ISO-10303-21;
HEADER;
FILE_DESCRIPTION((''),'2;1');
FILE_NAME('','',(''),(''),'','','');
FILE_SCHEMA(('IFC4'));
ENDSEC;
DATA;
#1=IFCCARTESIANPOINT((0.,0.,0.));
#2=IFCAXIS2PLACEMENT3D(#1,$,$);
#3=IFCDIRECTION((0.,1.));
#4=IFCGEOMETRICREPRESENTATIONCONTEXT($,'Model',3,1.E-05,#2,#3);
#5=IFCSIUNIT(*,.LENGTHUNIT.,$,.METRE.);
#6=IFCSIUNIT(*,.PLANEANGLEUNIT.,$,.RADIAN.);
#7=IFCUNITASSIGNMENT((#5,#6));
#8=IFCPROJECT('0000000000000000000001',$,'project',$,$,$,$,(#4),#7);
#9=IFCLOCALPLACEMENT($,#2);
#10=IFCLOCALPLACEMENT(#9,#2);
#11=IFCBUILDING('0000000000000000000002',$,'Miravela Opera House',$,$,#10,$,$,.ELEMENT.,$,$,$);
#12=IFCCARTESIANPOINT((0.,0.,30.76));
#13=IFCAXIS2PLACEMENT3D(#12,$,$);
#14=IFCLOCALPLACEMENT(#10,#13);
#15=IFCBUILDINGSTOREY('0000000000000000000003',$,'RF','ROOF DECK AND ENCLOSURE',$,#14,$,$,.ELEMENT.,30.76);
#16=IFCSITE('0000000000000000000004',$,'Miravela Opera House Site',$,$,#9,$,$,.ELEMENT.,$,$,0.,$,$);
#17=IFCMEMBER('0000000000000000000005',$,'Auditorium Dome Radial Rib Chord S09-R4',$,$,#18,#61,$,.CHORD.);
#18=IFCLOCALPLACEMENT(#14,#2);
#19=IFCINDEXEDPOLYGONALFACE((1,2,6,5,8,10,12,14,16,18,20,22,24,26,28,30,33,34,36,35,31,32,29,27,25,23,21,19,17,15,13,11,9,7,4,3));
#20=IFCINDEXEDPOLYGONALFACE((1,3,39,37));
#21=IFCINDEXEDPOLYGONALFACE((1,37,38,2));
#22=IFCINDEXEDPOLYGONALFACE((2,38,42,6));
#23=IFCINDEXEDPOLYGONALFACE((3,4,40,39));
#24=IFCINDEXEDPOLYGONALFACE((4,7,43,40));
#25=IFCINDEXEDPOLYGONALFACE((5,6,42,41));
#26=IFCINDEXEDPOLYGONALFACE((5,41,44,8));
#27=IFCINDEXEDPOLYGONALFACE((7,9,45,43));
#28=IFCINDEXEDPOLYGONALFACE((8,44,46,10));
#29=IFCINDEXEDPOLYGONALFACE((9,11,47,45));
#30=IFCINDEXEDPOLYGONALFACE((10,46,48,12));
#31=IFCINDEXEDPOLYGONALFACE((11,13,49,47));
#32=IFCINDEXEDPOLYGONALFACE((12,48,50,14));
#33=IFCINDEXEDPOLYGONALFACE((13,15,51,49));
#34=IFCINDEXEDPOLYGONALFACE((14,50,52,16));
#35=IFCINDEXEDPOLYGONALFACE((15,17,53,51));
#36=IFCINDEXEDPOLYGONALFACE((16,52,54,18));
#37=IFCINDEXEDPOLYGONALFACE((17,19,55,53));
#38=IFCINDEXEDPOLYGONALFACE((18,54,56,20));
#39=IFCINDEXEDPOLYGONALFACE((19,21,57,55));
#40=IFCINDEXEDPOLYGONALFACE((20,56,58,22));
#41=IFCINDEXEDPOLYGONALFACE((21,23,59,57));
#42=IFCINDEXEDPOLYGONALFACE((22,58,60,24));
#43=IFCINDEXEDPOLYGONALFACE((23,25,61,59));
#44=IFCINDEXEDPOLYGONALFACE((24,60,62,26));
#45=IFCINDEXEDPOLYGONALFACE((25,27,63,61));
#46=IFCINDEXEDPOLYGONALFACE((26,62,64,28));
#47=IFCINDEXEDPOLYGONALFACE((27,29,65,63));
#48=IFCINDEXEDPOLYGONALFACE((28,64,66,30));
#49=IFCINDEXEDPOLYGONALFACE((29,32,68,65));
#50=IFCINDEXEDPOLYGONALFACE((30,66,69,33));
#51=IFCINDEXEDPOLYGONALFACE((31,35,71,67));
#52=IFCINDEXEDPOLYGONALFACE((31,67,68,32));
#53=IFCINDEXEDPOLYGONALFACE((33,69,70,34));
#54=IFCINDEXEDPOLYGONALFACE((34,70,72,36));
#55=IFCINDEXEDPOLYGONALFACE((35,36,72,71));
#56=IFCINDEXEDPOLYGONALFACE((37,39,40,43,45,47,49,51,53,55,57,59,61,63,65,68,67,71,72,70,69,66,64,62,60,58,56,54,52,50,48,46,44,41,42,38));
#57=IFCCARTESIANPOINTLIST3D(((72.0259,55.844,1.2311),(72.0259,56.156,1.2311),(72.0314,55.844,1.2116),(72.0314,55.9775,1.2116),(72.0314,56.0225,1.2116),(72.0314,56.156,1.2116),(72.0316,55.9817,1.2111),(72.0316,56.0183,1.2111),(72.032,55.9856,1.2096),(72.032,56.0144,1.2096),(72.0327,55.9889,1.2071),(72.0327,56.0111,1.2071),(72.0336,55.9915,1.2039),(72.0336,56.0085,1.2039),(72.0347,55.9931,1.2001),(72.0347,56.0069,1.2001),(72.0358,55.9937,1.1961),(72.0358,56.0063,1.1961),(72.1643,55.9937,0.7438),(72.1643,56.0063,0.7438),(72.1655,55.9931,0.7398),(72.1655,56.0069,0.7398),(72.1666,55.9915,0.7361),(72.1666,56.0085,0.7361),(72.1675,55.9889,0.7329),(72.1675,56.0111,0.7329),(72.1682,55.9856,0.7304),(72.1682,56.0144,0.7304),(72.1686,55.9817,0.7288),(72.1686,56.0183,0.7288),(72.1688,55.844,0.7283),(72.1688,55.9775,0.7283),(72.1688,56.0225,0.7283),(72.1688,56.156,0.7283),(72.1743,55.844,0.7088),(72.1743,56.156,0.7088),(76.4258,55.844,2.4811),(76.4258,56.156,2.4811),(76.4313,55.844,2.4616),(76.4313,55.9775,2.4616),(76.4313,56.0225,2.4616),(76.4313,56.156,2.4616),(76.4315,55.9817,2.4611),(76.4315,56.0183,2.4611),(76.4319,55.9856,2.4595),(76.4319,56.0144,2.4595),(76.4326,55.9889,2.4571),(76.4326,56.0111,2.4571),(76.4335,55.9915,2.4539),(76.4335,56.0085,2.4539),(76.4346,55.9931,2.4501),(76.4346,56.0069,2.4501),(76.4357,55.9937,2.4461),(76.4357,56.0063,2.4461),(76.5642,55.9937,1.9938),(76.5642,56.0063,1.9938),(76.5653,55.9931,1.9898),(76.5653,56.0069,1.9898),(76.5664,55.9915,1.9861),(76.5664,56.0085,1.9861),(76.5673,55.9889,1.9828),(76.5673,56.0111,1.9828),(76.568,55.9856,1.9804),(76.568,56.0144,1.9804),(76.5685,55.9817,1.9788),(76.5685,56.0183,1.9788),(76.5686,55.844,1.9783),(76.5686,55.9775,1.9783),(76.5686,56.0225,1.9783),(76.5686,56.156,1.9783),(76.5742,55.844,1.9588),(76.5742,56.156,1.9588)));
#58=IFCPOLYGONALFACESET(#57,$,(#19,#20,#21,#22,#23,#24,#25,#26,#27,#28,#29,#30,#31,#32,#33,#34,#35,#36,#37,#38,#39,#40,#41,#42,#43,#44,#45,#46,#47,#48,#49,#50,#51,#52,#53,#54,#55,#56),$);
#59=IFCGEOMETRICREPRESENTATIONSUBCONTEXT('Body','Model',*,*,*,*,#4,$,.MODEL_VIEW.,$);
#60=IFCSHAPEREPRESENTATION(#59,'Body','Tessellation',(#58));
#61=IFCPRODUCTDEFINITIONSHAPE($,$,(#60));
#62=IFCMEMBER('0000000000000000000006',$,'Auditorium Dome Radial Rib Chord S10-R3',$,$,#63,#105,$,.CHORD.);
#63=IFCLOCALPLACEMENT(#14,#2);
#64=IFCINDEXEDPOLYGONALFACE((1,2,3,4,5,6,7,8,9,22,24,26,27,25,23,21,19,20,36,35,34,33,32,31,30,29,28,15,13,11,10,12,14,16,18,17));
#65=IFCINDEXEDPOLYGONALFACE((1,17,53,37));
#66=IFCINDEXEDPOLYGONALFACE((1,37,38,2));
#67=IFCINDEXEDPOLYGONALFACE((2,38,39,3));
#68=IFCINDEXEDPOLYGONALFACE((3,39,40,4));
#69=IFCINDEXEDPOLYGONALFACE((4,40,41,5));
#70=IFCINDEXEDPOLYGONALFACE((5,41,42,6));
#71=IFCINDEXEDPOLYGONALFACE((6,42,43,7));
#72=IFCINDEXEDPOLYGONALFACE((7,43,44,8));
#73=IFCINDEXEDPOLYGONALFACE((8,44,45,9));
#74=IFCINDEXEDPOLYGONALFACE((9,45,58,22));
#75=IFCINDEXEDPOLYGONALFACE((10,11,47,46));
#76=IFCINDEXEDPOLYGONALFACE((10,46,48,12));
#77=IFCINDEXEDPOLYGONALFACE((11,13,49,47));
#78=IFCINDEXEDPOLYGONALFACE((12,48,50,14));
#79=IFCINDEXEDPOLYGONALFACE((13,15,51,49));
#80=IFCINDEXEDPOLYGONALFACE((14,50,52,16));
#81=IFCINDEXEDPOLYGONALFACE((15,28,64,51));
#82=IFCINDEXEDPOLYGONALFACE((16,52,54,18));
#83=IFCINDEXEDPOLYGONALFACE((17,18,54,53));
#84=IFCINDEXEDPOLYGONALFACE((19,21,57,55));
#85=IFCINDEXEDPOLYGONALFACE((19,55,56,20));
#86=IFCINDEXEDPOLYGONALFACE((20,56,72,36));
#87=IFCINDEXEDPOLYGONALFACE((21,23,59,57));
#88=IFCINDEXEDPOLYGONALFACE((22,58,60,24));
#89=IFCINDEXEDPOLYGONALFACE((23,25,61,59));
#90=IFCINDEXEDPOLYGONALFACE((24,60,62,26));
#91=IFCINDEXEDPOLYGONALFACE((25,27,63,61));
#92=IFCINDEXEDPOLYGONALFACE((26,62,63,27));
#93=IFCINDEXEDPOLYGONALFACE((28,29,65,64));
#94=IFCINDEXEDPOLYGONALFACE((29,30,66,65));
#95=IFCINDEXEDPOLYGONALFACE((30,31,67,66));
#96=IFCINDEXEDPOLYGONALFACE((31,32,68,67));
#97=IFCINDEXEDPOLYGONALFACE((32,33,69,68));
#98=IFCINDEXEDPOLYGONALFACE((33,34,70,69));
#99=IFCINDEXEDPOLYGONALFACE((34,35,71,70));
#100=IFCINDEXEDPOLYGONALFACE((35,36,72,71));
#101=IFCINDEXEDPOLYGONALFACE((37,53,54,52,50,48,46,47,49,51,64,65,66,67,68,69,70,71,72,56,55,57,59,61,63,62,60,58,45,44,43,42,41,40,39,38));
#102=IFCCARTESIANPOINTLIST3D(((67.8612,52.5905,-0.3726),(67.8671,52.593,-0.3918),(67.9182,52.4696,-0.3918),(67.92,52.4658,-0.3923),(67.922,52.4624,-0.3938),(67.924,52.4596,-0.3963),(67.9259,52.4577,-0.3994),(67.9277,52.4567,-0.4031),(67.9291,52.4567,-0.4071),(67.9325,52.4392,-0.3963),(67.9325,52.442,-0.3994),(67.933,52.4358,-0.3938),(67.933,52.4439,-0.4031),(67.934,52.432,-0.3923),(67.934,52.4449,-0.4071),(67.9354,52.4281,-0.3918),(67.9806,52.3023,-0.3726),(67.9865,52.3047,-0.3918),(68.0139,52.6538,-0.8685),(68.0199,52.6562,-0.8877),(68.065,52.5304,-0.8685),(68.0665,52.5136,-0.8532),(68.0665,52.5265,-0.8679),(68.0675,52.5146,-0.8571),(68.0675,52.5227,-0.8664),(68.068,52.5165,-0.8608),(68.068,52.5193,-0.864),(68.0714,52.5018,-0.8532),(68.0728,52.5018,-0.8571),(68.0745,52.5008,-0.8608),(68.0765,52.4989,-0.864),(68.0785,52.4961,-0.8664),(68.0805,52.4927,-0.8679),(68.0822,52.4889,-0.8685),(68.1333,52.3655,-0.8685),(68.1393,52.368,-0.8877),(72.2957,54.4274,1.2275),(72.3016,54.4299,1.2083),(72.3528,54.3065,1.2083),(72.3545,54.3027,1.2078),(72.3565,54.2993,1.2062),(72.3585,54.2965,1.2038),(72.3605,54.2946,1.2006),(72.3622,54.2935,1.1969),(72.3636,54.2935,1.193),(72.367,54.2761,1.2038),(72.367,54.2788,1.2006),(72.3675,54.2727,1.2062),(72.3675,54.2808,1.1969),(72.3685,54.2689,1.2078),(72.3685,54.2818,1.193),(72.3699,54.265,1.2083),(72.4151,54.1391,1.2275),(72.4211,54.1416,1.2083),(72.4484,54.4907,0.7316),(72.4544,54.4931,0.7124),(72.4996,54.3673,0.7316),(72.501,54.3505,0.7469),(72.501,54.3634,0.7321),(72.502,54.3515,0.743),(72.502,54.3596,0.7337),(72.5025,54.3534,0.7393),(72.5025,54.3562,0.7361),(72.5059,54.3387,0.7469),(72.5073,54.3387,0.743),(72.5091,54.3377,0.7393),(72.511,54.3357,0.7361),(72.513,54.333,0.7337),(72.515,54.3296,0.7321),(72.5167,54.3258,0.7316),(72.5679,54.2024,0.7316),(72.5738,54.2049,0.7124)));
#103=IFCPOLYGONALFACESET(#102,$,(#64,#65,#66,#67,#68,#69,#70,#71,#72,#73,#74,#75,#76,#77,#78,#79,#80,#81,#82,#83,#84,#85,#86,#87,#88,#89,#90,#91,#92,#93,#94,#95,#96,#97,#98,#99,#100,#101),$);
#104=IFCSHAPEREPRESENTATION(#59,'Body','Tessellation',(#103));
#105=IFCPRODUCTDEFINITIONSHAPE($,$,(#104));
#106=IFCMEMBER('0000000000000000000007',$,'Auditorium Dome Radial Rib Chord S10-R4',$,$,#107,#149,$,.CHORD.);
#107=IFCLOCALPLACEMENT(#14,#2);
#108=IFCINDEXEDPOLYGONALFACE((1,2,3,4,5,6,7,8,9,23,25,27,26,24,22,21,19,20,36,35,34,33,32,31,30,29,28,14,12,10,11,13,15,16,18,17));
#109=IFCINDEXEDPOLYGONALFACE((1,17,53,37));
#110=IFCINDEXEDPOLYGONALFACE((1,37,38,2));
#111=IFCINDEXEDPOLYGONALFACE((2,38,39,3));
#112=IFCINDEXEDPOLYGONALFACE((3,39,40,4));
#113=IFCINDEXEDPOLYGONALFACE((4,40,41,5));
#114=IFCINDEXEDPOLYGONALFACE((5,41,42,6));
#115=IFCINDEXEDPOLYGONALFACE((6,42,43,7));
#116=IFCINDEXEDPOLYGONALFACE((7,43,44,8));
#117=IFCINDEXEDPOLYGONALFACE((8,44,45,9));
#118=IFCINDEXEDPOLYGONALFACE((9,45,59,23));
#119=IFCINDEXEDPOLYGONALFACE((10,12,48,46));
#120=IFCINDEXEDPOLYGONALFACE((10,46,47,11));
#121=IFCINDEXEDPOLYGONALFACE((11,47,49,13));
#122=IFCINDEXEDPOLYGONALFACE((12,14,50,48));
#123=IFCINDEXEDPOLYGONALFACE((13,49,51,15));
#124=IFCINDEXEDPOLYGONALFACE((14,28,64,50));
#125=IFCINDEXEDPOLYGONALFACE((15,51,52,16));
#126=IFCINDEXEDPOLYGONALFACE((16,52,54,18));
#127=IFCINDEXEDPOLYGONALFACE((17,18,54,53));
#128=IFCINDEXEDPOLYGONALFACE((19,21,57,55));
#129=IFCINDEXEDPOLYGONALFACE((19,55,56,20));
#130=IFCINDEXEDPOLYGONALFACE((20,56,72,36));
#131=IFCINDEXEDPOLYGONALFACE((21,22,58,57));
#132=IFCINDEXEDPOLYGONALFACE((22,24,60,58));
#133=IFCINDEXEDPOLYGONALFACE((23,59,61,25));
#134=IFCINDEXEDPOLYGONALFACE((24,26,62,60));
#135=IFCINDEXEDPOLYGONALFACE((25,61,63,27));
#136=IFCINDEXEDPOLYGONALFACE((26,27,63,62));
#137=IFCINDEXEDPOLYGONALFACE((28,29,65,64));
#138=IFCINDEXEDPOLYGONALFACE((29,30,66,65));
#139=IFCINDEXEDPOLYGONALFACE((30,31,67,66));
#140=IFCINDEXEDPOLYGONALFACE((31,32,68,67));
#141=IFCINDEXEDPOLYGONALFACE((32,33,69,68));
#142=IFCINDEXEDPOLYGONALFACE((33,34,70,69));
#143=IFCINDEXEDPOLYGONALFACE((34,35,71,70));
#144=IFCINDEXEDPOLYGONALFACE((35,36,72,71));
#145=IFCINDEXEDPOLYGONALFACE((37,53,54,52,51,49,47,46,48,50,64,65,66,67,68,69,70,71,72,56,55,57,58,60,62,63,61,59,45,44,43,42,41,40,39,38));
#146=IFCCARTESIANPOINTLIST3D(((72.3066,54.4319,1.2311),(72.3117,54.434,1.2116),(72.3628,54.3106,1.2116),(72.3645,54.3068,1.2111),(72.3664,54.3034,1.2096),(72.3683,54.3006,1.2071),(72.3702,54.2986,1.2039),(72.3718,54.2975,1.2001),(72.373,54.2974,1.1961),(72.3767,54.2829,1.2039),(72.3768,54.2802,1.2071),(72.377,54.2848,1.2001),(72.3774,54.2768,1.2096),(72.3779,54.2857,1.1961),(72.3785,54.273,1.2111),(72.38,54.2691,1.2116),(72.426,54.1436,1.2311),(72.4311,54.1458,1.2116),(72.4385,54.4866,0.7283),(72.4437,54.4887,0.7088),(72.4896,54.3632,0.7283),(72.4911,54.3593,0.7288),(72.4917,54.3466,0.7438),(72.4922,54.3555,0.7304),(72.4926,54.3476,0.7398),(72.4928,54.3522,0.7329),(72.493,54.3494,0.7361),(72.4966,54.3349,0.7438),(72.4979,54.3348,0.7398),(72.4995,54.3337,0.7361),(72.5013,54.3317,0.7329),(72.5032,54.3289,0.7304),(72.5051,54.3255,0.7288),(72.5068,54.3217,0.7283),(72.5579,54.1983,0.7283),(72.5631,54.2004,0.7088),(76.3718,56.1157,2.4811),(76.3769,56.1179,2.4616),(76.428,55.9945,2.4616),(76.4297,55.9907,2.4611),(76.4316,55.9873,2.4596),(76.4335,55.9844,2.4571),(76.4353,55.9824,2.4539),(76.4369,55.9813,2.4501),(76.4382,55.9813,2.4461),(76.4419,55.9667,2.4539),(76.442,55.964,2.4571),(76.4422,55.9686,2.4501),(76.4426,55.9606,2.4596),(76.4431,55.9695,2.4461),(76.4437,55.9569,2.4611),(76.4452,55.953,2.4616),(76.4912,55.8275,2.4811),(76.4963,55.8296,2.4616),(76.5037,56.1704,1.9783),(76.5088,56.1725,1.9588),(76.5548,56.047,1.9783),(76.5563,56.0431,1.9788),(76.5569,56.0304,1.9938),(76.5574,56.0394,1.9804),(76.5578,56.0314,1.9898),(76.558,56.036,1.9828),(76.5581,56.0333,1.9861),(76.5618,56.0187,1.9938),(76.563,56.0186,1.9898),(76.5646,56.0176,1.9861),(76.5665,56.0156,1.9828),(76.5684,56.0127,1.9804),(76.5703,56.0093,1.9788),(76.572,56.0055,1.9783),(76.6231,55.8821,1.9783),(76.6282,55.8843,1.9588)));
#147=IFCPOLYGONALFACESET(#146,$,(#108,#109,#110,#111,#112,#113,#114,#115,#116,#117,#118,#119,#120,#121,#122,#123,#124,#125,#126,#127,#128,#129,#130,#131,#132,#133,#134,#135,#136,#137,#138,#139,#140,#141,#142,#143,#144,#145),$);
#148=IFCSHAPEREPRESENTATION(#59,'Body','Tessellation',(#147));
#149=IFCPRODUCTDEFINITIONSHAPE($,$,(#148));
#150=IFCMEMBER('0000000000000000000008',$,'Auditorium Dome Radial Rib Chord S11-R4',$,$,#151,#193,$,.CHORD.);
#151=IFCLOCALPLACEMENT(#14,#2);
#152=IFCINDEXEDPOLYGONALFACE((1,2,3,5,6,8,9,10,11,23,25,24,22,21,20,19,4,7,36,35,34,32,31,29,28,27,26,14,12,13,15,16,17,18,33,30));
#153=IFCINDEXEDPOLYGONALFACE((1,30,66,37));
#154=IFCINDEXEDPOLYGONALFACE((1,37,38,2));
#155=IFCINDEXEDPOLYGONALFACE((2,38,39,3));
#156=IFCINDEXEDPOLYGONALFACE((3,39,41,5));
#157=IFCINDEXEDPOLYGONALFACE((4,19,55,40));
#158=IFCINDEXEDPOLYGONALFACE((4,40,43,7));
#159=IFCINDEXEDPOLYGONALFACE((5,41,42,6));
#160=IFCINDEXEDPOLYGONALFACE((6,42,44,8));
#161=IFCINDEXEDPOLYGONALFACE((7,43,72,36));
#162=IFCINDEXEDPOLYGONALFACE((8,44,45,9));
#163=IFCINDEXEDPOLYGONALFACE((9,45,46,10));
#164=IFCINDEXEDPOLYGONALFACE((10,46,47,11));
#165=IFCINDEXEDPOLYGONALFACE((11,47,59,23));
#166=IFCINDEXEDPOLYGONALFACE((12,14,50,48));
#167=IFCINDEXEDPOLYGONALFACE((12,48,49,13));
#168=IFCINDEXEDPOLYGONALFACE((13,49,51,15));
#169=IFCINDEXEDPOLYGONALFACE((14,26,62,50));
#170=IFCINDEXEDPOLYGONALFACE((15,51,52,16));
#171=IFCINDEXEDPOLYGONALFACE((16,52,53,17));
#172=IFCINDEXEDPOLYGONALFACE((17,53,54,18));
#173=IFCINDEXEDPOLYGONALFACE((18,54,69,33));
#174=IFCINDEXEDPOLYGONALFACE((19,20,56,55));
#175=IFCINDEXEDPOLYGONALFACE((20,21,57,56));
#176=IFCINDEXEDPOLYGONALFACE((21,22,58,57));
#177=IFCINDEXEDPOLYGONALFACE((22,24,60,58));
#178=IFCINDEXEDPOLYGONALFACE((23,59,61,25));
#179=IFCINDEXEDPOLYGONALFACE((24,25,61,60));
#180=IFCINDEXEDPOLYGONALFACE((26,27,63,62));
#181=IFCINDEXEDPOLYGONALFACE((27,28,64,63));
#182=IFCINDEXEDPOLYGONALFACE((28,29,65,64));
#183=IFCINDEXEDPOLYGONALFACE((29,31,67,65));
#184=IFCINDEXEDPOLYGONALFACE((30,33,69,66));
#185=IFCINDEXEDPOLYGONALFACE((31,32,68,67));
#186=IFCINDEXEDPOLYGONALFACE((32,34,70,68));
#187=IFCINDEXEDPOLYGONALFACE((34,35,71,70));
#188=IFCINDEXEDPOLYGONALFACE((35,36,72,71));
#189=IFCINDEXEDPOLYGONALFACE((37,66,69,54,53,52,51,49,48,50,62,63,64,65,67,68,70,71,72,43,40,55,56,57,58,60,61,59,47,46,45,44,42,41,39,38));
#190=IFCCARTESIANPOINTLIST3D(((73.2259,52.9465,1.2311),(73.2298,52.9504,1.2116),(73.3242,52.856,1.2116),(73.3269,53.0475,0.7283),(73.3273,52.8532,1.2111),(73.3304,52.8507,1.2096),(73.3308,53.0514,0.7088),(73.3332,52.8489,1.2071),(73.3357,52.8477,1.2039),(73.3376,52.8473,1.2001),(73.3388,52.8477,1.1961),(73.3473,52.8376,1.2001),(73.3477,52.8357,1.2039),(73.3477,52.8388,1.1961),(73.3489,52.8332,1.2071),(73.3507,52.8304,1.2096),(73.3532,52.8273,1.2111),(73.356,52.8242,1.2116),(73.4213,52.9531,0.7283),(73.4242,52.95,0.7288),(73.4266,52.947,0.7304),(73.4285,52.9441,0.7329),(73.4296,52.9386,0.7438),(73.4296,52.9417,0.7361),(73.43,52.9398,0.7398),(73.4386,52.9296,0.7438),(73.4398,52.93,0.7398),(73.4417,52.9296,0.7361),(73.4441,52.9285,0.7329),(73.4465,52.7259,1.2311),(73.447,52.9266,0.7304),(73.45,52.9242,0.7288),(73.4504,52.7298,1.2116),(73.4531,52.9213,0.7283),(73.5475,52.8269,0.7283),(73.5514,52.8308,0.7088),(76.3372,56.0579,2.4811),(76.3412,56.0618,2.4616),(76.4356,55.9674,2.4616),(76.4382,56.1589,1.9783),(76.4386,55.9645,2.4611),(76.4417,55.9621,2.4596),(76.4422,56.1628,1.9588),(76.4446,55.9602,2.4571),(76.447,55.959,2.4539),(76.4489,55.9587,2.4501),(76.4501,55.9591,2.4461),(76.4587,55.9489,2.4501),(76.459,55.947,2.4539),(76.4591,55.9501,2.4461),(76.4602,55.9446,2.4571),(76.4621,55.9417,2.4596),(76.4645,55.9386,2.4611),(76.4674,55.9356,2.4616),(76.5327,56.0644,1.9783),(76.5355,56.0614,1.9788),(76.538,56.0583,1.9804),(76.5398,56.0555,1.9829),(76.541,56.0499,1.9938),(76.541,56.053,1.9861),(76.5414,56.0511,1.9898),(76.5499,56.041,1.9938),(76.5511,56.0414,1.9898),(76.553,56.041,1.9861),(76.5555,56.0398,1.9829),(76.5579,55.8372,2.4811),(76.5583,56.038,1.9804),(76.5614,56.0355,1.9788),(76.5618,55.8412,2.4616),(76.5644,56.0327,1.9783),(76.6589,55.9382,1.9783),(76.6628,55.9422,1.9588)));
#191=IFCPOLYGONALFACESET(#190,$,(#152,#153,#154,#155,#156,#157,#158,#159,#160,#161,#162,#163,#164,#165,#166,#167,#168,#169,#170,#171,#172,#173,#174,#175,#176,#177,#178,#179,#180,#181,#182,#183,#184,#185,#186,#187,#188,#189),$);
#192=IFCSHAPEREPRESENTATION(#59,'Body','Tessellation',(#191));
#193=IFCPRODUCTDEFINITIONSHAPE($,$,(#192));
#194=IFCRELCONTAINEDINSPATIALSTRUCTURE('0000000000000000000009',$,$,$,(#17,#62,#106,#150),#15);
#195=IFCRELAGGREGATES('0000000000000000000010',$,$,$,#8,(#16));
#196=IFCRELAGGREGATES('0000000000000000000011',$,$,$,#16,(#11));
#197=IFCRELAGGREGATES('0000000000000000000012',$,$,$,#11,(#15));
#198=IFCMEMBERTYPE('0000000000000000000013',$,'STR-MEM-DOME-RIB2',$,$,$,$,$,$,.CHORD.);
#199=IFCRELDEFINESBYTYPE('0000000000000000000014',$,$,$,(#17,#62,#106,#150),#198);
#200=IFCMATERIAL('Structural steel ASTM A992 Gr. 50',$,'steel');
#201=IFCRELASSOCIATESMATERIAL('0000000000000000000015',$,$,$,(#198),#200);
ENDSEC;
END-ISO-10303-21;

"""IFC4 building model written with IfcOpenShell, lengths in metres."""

from ifc_helpers import new_model, si_unit, direction, frame, origin, origin_2d, place, context, subcontext, project, spatial, i_section, extrude, material, material_profile, profile_set, type_object, element, save


model = new_model("IFC4")

# Units and contexts
model_context = context("Model", 3, precision=1e-05, world=origin(), true_north=direction((0.0, 1.0)))
body_context = subcontext(model_context, "Body", "Model", "MODEL_VIEW")
ifc_project = project(units=[si_unit("LENGTHUNIT", "METRE"), si_unit("PLANEANGLEUNIT", "RADIAN")], contexts=[model_context])

# Site, building, storey
site_placement = place(None, origin())
site = spatial("IfcSite", under=ifc_project, at=site_placement, Name="Miravela Opera House Site", CompositionType="ELEMENT", RefElevation=0.0)
building_placement = place(site_placement, origin())
building = spatial("IfcBuilding", under=site, at=building_placement, Name="Miravela Opera House", CompositionType="ELEMENT")
storey_placement = place(building_placement, frame((0.0, 0.0, 30.76)))
storey = spatial("IfcBuildingStorey", under=building, at=storey_placement, Name="RF", Description="ROOF DECK AND ENCLOSURE", CompositionType="ELEMENT", Elevation=30.76)

# Shared definitions
ifc_material_1 = material(Name="Structural steel ASTM A992 Gr. 50", Category="steel")

# Members
ifc_material_profile_1 = material_profile(ifc_material_1, i_section(OverallWidth=0.312, OverallDepth=0.543, WebThickness=0.0127, FlangeThickness=0.0203, FilletRadius=0.0161, at=origin_2d()), Name="W530X150")
ifc_profile_set_1 = profile_set([ifc_material_profile_1])
member_type_1 = type_object("IfcMemberType", Name="STR-MEM-DOME-RIB2", PredefinedType="CHORD", material=ifc_profile_set_1)
member_1_placement = place(storey_placement, frame((72.1001, 56.0, 0.97), z_axis=(0.961934, 0.0, 0.273283), x_axis=(0.0, 1.0, 0.0)))
element("IfcMember", 1, at=member_1_placement, inside=storey, type_object=member_type_1, Name="Auditorium Dome Radial Rib Chord S09-R4", PredefinedType="CHORD", context=body_context, shape_type="SweptSolid", body=[
    extrude(i_section(OverallWidth=0.312, OverallDepth=0.543, WebThickness=0.0127, FlangeThickness=0.0203, FilletRadius=0.0161, at=origin_2d()), origin(), (0.0, 0.0, 1.0), 4.574),
])
member_2_placement = place(storey_placement, frame((68.0002, 52.4792, -0.6301), z_axis=(0.876459, 0.363052, 0.316247), x_axis=(-0.382693, 0.923875, 0.0)))
element("IfcMember", 2, at=member_2_placement, inside=storey, type_object=member_type_1, Name="Auditorium Dome Radial Rib Chord S10-R3", PredefinedType="CHORD", context=body_context, shape_type="SweptSolid", body=[
    extrude(i_section(OverallWidth=0.312, OverallDepth=0.543, WebThickness=0.0127, FlangeThickness=0.0203, FilletRadius=0.0161, at=origin_2d()), origin(), (0.0, 0.0, 1.0), 5.0596),
])
for number, where, z_axis, x_axis, name in (
    (3, (72.4348, 54.3162, 0.97), (0.888715, 0.368114, 0.27327), (-0.38268, 0.923881, 0.0), "Auditorium Dome Radial Rib Chord S10-R4"),
    (4, (73.3887, 52.8887, 0.97), (0.680192, 0.680192, 0.273272), (-0.707107, 0.707107, 0.0), "Auditorium Dome Radial Rib Chord S11-R4"),
):
    element("IfcMember", number, at=place(storey_placement, frame(where, z_axis=z_axis, x_axis=x_axis)), inside=storey, type_object=member_type_1, Name=name, PredefinedType="CHORD", context=body_context, shape_type="SweptSolid", body=[
        extrude(i_section(OverallWidth=0.312, OverallDepth=0.543, WebThickness=0.0127, FlangeThickness=0.0203, FilletRadius=0.0161, at=origin_2d()), origin(), (0.0, 0.0, 1.0), 4.5742),
    ])

save(model, "model.ifc")
